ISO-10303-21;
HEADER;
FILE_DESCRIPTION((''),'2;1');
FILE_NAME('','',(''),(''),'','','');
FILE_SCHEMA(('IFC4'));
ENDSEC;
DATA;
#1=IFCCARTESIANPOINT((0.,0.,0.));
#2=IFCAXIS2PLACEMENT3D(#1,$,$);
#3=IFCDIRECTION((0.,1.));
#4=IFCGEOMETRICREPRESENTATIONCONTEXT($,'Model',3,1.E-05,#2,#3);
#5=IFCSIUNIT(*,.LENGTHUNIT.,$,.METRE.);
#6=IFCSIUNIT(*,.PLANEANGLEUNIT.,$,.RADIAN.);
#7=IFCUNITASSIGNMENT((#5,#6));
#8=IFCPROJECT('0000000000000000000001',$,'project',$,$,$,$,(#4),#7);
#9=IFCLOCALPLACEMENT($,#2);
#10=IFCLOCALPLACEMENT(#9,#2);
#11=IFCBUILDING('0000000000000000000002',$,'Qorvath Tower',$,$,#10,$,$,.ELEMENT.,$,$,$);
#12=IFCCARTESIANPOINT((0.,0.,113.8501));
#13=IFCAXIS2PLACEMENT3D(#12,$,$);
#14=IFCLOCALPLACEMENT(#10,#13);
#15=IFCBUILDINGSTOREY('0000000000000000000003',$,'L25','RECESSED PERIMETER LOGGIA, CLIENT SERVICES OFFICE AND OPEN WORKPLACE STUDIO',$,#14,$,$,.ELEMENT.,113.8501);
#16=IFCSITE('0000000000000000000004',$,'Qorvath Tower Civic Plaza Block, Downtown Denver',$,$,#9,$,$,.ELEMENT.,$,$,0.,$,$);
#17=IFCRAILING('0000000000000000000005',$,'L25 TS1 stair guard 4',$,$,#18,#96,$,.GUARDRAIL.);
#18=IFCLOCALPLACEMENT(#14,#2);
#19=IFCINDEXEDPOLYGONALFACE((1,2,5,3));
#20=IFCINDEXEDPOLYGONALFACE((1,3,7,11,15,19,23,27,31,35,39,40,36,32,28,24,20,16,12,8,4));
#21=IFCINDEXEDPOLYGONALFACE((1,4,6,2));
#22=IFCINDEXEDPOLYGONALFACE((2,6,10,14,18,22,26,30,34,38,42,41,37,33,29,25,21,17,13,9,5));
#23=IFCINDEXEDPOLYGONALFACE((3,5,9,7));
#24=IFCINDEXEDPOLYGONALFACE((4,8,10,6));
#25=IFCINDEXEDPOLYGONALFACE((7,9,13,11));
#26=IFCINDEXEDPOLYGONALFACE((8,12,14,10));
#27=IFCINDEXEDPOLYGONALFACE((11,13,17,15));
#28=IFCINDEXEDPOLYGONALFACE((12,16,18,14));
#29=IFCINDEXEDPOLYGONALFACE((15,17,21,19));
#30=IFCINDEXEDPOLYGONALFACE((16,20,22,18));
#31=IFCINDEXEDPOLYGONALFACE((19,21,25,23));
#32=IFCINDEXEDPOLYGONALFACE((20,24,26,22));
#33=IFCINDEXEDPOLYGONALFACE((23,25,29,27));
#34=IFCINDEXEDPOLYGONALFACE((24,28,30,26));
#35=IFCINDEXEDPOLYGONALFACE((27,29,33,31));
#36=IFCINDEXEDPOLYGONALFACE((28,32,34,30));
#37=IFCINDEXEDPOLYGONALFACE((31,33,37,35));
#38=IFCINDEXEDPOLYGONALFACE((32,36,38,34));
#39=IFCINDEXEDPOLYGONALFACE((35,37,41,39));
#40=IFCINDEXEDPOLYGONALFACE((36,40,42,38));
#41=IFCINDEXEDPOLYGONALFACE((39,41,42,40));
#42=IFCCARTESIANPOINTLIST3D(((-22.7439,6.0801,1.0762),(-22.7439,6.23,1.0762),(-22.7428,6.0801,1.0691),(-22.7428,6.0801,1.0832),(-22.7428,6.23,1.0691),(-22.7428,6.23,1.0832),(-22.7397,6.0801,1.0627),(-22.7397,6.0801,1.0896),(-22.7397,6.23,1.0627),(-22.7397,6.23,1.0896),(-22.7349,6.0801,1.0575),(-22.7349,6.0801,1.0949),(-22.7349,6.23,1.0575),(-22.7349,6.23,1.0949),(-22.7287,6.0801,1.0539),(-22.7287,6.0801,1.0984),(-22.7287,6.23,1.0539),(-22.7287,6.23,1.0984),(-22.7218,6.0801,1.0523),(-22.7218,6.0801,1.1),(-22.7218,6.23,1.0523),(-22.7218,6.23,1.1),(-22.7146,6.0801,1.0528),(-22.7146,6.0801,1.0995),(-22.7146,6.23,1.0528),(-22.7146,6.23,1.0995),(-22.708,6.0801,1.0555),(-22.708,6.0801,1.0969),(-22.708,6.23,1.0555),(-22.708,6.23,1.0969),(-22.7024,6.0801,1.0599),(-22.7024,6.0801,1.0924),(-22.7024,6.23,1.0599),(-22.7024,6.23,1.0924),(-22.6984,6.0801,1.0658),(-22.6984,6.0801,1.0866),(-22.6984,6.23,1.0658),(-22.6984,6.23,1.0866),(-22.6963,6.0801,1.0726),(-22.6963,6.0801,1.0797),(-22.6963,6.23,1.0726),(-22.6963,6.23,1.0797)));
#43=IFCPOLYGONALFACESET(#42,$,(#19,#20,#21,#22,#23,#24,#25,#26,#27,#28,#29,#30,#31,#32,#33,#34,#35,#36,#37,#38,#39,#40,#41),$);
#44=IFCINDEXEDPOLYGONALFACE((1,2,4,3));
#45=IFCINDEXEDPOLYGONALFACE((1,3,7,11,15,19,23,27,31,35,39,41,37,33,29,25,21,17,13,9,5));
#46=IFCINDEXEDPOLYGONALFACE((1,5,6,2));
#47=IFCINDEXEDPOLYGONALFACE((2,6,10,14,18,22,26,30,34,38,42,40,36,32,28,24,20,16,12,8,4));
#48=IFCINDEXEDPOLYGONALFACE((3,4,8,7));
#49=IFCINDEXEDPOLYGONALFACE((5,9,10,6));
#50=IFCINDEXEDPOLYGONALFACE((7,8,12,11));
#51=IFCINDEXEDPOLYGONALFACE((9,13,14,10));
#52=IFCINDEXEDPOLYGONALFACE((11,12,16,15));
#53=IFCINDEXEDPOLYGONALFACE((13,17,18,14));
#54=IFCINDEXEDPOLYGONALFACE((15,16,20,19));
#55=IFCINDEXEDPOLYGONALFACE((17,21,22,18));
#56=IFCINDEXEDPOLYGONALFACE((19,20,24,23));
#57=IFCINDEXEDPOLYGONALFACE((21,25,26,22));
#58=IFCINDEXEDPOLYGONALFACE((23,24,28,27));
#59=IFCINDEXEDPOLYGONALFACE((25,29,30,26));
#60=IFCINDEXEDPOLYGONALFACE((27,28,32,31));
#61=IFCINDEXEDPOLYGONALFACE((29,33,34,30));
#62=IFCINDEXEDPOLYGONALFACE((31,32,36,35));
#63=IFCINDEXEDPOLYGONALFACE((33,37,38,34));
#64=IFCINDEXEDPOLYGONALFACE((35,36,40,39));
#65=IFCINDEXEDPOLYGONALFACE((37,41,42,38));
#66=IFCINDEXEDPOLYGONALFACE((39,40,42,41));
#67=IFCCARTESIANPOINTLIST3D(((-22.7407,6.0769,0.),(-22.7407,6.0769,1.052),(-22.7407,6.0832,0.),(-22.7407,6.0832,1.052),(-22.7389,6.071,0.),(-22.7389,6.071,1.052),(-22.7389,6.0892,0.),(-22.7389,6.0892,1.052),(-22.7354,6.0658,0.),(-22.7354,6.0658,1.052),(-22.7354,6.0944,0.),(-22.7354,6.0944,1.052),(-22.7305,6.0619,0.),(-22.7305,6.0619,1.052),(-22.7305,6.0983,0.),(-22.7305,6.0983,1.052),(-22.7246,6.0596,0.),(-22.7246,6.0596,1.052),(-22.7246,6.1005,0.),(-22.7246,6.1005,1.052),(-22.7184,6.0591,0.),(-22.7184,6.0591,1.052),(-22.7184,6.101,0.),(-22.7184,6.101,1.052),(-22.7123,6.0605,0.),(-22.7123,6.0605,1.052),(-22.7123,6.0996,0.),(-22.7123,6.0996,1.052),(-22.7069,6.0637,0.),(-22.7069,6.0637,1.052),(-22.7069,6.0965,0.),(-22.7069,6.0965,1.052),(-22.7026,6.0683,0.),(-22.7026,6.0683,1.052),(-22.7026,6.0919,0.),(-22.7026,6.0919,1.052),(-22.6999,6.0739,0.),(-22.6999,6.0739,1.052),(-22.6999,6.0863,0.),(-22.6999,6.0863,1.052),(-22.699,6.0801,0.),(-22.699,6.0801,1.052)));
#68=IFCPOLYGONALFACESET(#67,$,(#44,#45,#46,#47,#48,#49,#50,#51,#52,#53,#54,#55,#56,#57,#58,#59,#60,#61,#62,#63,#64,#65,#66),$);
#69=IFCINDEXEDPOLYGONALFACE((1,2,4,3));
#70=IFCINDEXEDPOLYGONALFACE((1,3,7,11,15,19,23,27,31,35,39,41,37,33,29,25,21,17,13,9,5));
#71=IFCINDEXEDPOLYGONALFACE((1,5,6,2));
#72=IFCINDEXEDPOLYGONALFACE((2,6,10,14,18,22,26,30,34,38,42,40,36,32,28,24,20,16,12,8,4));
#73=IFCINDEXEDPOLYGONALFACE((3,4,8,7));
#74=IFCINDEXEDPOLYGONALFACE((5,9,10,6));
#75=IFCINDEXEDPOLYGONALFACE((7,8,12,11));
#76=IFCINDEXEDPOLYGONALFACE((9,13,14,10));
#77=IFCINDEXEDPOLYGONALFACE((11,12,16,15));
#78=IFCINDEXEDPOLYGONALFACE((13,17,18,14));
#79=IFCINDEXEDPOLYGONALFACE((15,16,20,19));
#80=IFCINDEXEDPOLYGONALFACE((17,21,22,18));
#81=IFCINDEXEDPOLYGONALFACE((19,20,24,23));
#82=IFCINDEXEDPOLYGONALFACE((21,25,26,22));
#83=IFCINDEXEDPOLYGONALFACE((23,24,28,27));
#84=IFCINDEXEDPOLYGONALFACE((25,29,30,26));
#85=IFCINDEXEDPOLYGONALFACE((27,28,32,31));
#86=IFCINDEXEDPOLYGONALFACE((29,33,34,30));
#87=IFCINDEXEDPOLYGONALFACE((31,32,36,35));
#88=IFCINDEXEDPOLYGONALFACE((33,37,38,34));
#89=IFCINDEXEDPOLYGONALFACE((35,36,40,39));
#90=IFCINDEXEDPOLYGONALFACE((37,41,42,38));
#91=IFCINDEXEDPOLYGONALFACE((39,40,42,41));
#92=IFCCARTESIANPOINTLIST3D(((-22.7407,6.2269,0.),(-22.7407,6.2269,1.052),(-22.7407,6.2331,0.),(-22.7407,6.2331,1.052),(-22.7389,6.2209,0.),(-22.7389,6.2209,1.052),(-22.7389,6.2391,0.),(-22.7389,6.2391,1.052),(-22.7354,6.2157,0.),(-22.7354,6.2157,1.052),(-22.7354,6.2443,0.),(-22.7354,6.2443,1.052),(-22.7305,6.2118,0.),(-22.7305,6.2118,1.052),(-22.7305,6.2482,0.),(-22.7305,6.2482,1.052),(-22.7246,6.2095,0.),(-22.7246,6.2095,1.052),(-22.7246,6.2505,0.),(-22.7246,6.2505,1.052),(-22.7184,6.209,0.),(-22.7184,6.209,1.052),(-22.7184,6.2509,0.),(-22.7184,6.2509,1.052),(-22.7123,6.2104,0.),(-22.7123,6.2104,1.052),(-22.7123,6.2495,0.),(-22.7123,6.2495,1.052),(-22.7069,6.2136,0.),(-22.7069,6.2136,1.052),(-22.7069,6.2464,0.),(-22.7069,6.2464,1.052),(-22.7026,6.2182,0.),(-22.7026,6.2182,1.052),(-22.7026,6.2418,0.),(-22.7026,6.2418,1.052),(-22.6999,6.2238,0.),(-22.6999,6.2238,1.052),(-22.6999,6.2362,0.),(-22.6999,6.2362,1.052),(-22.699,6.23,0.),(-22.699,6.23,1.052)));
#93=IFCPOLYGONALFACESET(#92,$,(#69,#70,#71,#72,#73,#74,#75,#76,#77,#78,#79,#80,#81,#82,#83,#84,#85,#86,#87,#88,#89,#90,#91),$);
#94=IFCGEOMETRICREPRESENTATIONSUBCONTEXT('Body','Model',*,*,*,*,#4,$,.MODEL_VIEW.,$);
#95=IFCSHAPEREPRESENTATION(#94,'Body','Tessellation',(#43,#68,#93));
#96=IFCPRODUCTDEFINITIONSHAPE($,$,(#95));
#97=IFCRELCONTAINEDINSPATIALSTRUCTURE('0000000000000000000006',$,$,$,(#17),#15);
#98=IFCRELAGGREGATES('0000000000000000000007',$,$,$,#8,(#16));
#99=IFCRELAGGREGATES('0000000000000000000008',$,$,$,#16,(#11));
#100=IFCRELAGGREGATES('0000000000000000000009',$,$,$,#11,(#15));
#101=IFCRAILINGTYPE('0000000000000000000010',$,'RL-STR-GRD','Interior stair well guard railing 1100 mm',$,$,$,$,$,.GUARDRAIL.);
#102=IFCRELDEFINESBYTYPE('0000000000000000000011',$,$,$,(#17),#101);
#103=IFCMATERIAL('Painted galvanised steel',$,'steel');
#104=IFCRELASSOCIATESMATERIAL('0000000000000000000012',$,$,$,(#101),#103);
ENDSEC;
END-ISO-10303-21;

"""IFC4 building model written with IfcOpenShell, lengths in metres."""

from ifc_helpers import new_model, si_unit, direction, frame, origin, origin_2d, place, context, subcontext, project, spatial, circle, extrude, material, type_object, element, save


model = new_model("IFC4")

# Units and contexts
model_context = context("Model", 3, precision=1e-05, world=origin(), true_north=direction((0.0, 1.0)))
body_context = subcontext(model_context, "Body", "Model", "MODEL_VIEW")
ifc_project = project(units=[si_unit("LENGTHUNIT", "METRE"), si_unit("PLANEANGLEUNIT", "RADIAN")], contexts=[model_context])

# Site, building, storey
site_placement = place(None, origin())
site = spatial("IfcSite", under=ifc_project, at=site_placement, Name="Qorvath Tower Civic Plaza Block, Downtown Denver", CompositionType="ELEMENT", RefElevation=0.0)
building_placement = place(site_placement, origin())
building = spatial("IfcBuilding", under=site, at=building_placement, Name="Qorvath Tower", CompositionType="ELEMENT")
storey_placement = place(building_placement, frame((0.0, 0.0, 113.8501)))
storey = spatial("IfcBuildingStorey", under=building, at=storey_placement, Name="L25", Description="RECESSED PERIMETER LOGGIA, CLIENT SERVICES OFFICE AND OPEN WORKPLACE STUDIO", CompositionType="ELEMENT", Elevation=113.8501)

# Railing
ifc_material_1 = material(Name="Painted galvanised steel", Category="steel")
railing_type_1 = type_object("IfcRailingType", Name="RL-STR-GRD", Description="Interior stair well guard railing 1100 mm", PredefinedType="GUARDRAIL", material=ifc_material_1)
railing_1_placement = place(storey_placement, frame((-22.72, 6.0801, 0.0)))
element("IfcRailing", 1, at=railing_1_placement, inside=storey, type_object=railing_type_1, Name="L25 TS1 stair guard 4", PredefinedType="GUARDRAIL", context=body_context, shape_type="SweptSolid", body=[
    extrude(circle(Radius=0.0239, at=origin_2d()), frame((0.0, 0.0, 1.0762), z_axis=(0.0, 1.0, 0.0), x_axis=(-1.0, 0.0, 0.0)), (0.0, 0.0, 1.0), 0.1499),
    extrude(circle(Radius=0.021, at=origin_2d()), origin(), (0.0, 0.0, 1.0), 1.052),
    extrude(circle(Radius=0.021, at=origin_2d()), frame((0.0, 0.1499, 0.0)), (0.0, 0.0, 1.0), 1.052),
])

save(model, "model.ifc")
